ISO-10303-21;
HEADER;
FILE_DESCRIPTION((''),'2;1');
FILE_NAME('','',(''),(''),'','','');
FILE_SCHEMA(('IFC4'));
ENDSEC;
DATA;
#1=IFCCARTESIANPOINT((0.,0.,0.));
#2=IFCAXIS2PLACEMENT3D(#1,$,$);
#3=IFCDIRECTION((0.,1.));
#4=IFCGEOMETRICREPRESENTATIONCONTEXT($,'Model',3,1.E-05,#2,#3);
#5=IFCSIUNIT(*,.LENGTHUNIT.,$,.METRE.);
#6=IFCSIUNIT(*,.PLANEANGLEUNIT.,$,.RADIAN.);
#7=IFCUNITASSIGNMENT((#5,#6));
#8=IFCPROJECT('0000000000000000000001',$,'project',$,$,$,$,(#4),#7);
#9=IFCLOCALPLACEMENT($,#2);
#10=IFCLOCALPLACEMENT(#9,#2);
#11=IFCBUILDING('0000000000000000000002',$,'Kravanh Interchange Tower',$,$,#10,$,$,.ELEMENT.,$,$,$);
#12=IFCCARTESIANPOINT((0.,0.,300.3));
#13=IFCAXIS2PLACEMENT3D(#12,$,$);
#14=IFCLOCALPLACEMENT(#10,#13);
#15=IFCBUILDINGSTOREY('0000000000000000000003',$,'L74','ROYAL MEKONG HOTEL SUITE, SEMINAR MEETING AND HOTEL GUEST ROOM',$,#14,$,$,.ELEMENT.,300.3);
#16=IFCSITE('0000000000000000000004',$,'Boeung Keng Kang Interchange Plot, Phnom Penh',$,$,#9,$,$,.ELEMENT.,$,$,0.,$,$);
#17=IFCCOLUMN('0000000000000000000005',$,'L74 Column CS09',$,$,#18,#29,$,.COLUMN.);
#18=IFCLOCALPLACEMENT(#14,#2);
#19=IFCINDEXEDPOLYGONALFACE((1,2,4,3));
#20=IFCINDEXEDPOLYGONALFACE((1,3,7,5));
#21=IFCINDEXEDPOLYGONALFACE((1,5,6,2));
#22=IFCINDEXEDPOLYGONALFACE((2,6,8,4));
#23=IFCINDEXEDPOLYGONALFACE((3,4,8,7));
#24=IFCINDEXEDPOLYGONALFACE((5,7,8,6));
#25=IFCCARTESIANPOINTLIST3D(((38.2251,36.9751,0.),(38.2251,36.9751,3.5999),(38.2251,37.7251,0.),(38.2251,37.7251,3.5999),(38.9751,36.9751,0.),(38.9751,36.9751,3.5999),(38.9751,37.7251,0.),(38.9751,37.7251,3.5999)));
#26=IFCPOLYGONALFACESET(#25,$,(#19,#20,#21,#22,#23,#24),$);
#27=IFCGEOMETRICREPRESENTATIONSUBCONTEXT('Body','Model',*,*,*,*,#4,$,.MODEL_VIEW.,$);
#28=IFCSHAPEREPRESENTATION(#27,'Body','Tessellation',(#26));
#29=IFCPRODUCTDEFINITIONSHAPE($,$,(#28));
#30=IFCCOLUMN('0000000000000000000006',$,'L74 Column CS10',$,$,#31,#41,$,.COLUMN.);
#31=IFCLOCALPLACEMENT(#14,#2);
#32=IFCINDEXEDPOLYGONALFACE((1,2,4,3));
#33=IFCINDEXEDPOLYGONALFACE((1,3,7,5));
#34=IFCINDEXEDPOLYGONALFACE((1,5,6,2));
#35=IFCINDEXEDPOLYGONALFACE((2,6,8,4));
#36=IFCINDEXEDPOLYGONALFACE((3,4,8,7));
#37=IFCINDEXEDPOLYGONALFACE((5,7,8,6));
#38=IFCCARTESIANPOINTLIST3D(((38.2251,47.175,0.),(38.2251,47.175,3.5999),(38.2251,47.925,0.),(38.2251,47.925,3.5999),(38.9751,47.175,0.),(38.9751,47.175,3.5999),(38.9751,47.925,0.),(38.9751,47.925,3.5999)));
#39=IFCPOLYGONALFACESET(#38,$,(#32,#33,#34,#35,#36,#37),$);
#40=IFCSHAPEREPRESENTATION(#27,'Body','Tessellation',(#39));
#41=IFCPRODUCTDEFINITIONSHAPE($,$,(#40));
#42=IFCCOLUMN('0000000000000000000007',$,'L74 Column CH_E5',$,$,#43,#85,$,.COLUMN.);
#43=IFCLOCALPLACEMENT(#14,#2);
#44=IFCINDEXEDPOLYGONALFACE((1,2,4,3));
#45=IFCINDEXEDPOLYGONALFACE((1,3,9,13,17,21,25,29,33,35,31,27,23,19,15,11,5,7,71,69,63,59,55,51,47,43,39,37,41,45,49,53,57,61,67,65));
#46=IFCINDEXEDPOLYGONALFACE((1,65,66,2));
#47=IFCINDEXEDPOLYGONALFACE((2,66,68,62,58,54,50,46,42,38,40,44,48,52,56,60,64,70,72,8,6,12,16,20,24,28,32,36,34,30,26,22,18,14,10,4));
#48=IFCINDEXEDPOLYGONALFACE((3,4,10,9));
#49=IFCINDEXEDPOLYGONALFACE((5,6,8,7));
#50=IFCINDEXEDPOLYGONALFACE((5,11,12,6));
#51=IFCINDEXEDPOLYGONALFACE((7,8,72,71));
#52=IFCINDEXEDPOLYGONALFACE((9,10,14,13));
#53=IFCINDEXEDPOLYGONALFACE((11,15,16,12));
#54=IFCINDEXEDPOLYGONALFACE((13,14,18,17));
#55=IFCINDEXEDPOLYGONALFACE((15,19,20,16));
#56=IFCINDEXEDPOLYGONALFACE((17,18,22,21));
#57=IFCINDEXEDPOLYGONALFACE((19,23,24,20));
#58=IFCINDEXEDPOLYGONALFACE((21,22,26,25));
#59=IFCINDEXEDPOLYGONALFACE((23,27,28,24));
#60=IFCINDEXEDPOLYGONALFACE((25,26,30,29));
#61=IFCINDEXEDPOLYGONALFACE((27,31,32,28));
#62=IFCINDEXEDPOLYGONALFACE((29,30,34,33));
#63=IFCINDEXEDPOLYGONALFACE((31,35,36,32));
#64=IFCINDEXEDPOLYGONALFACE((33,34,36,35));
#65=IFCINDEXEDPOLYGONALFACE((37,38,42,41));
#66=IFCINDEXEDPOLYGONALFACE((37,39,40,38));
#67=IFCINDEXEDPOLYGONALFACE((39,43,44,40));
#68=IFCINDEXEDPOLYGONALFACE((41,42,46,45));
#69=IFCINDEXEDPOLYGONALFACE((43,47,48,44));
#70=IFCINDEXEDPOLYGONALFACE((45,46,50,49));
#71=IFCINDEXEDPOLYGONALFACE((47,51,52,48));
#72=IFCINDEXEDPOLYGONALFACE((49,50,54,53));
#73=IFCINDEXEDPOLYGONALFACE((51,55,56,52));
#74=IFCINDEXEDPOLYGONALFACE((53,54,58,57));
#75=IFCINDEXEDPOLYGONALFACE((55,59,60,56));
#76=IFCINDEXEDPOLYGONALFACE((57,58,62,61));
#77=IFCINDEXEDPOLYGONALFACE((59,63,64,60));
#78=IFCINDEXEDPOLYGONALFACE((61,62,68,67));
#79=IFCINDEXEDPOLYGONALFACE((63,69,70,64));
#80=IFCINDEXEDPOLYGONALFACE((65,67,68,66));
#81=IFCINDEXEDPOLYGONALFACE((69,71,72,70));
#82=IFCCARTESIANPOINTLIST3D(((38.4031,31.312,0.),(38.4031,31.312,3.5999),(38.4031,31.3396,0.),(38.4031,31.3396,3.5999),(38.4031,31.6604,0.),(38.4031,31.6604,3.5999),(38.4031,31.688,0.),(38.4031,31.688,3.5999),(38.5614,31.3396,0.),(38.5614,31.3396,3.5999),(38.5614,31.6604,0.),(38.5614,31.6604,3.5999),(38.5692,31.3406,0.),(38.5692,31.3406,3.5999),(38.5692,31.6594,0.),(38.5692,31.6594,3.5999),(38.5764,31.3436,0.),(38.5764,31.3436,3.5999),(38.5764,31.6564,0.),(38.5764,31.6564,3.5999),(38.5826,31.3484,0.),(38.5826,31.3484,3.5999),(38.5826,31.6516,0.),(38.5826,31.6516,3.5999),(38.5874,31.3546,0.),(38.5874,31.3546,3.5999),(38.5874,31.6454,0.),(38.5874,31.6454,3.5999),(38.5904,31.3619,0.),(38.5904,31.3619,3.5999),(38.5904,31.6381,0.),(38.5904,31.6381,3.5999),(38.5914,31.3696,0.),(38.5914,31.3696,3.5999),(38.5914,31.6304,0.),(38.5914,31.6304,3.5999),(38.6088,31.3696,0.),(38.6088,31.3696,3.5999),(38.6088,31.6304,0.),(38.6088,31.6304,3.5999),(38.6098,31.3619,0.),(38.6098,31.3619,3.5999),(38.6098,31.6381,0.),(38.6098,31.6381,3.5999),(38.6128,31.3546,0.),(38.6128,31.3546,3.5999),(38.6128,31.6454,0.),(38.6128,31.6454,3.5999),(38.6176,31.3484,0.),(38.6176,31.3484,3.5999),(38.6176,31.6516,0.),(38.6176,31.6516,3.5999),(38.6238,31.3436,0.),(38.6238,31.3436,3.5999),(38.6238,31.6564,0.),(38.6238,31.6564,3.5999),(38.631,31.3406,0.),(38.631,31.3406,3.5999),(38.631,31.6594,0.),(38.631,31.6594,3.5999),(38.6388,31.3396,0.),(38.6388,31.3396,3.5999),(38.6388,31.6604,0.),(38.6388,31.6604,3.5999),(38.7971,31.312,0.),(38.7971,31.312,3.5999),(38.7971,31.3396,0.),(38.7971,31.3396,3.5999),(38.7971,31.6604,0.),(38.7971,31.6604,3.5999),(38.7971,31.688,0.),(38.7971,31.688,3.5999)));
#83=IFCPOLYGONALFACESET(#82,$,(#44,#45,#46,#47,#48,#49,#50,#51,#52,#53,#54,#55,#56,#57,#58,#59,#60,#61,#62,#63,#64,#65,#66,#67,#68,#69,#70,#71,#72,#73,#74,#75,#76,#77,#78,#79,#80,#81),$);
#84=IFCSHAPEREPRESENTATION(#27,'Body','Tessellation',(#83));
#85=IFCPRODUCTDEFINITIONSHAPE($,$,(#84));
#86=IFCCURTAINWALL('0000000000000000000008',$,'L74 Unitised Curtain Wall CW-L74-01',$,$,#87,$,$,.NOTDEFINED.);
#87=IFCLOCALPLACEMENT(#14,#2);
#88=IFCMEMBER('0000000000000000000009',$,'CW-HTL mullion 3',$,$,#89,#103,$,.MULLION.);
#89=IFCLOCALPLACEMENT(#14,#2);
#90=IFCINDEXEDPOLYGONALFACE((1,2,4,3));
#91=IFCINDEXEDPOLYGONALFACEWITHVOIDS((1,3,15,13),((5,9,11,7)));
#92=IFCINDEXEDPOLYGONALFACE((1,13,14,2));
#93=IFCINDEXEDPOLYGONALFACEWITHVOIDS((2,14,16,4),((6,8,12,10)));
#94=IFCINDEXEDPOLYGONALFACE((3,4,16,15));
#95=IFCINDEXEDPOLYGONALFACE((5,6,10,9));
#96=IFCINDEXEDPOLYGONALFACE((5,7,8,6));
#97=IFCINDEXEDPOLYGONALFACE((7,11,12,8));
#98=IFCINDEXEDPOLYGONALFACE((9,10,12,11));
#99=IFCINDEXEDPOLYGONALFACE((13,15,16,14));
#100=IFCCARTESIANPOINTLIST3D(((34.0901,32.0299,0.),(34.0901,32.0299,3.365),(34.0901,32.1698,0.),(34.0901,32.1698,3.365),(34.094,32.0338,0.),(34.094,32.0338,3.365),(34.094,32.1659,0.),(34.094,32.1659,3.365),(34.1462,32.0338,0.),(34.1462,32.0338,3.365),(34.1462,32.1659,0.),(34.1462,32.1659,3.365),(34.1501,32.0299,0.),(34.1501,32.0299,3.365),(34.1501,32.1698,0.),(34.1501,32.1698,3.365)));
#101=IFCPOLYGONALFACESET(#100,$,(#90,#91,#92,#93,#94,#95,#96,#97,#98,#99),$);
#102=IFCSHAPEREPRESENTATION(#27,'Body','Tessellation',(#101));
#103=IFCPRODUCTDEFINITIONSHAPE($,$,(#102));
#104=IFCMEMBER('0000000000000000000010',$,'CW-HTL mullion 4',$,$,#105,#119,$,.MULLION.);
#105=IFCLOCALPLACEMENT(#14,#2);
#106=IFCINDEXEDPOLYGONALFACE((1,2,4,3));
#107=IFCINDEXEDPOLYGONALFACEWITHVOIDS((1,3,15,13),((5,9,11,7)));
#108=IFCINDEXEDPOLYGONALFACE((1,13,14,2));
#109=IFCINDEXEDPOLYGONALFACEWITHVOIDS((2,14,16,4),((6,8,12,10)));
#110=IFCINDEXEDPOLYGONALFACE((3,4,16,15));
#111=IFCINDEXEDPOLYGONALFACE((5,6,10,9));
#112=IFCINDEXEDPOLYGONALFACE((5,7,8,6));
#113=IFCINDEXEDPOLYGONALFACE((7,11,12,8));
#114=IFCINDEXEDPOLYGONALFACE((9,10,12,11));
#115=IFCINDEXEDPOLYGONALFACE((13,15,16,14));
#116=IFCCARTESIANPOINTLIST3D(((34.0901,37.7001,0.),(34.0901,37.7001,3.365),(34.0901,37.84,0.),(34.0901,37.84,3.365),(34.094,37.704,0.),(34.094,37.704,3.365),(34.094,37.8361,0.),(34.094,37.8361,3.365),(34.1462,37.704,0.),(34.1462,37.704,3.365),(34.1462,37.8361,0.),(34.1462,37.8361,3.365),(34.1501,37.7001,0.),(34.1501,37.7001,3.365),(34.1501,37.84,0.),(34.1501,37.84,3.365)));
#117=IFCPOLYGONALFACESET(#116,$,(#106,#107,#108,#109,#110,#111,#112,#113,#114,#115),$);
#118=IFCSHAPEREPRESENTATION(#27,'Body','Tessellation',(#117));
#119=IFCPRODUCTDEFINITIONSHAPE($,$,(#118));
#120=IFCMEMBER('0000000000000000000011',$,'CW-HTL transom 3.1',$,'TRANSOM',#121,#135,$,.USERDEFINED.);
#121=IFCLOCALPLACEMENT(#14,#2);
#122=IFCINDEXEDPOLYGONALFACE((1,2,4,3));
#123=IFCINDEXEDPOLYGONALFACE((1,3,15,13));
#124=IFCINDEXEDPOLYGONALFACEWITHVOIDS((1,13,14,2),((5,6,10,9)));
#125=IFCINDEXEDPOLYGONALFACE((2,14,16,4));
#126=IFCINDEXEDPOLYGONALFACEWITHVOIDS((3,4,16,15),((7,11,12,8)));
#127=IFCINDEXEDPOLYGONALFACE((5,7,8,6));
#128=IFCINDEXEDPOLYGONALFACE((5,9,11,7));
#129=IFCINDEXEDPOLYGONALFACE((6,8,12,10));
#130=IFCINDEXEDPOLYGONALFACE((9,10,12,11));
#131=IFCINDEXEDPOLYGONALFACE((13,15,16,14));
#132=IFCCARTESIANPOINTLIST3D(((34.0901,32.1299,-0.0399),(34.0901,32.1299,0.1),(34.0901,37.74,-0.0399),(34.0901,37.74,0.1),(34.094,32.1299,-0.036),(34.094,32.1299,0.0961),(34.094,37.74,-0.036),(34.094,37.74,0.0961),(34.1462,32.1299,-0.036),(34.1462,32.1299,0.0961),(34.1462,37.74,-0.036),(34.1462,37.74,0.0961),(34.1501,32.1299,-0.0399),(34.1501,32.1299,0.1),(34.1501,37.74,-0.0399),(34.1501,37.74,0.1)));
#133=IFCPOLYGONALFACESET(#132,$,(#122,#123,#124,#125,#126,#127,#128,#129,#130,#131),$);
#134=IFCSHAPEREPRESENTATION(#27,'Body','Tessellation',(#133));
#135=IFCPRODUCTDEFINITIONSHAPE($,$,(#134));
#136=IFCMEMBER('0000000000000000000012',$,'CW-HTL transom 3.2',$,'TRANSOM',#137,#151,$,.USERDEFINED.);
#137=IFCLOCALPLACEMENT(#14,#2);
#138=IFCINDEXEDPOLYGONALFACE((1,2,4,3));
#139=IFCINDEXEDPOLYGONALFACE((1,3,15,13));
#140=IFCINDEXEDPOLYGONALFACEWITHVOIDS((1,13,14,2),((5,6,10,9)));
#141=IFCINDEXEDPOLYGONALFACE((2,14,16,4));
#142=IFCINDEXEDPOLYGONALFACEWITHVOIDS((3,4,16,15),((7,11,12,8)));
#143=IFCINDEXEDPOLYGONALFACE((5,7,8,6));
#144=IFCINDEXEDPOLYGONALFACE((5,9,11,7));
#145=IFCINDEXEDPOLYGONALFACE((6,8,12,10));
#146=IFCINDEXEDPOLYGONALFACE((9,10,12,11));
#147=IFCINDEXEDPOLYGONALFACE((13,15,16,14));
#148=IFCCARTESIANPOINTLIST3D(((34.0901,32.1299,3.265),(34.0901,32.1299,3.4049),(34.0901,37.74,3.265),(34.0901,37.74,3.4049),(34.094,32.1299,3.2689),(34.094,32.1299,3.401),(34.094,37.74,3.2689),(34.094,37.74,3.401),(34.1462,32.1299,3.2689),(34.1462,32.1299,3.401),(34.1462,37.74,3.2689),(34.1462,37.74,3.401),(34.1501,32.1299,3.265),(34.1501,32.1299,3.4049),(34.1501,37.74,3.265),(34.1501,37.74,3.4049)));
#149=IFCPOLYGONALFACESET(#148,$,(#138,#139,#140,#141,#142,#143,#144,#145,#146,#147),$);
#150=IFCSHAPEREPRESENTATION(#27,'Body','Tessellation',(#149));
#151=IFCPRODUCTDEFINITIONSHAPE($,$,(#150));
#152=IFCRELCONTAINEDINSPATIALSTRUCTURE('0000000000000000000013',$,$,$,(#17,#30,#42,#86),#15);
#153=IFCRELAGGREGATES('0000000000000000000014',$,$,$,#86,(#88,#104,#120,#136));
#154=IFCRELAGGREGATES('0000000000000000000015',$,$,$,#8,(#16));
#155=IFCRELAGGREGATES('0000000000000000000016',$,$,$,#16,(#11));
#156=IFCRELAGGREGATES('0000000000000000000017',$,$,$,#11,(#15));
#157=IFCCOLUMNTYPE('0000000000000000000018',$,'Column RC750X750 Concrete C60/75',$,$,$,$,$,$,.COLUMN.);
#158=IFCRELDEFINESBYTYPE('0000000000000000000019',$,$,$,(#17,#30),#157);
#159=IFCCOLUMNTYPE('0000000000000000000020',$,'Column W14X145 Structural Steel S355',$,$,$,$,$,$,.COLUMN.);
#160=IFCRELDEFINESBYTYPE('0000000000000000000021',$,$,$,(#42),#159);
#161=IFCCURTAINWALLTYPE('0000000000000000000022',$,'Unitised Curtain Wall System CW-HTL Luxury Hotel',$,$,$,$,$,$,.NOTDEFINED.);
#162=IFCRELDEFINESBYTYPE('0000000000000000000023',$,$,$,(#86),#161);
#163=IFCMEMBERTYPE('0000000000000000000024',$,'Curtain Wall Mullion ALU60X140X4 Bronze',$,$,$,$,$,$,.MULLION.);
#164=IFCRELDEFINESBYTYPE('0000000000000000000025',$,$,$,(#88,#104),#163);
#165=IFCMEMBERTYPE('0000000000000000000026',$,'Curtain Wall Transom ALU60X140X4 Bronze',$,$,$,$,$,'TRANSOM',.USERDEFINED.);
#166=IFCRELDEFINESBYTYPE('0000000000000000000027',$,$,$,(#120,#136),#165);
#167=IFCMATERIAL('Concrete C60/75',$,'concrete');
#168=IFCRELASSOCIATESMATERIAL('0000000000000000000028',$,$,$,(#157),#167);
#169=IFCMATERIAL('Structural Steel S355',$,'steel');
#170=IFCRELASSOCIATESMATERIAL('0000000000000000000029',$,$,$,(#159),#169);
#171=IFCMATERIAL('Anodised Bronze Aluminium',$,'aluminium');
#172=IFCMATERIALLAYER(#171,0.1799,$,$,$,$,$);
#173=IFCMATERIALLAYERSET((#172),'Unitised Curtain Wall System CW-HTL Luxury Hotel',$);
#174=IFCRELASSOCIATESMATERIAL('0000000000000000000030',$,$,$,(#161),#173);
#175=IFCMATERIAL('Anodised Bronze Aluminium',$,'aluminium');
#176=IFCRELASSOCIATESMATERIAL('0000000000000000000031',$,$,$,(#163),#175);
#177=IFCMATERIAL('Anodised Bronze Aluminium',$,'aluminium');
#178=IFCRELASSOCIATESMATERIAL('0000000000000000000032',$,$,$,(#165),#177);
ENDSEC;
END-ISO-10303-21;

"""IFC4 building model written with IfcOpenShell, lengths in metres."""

from ifc_helpers import new_model, si_unit, direction, frame, origin, origin_2d, place, context, subcontext, project, spatial, rectangle, hollow_rectangle, i_section, extrude, material, layer, layer_set, material_profile, profile_set, type_object, element, aggregate, save


model = new_model("IFC4")

# Units and contexts
model_context = context("Model", 3, precision=1e-05, world=origin(), true_north=direction((0.0, 1.0)))
body_context = subcontext(model_context, "Body", "Model", "MODEL_VIEW")
ifc_project = project(units=[si_unit("LENGTHUNIT", "METRE"), si_unit("PLANEANGLEUNIT", "RADIAN")], contexts=[model_context])

# Site, building, storey
site_placement = place(None, origin())
site = spatial("IfcSite", under=ifc_project, at=site_placement, Name="Boeung Keng Kang Interchange Plot, Phnom Penh", CompositionType="ELEMENT", RefElevation=0.0)
building_placement = place(site_placement, origin())
building = spatial("IfcBuilding", under=site, at=building_placement, Name="Kravanh Interchange Tower", CompositionType="ELEMENT")
storey_placement = place(building_placement, frame((0.0, 0.0, 300.3)))
storey = spatial("IfcBuildingStorey", under=building, at=storey_placement, Name="L74", Description="ROYAL MEKONG HOTEL SUITE, SEMINAR MEETING AND HOTEL GUEST ROOM", CompositionType="ELEMENT", Elevation=300.3)

# Columns
ifc_material_1 = material(Name="Concrete C60/75", Category="concrete")
ifc_material_profile_1 = material_profile(ifc_material_1, rectangle(XDim=0.75, YDim=0.75, at=origin_2d()), Name="RC750X750")
ifc_profile_set_1 = profile_set([ifc_material_profile_1], Name="Concrete C60/75")
column_type_1 = type_object("IfcColumnType", Name="Column RC750X750 Concrete C60/75", PredefinedType="COLUMN", material=ifc_profile_set_1)
for number, where, z_axis, x_axis, name in (
    (1, (38.6001, 37.3501, 0.0), (0.0, 0.0, 1.0), (1.0, 0.0, 0.0), "L74 Column CS09"),
    (2, (38.6001, 47.55, 0.0), (0.0, 0.0, 1.0), (1.0, 0.0, 0.0), "L74 Column CS10"),
):
    element("IfcColumn", number, at=place(storey_placement, frame(where, z_axis=z_axis, x_axis=x_axis)), inside=storey, type_object=column_type_1, Name=name, PredefinedType="COLUMN", context=body_context, shape_type="SweptSolid", body=[
        extrude(rectangle(XDim=0.75, YDim=0.75, at=origin_2d()), origin(), (0.0, 0.0, 1.0), 3.5999),
    ])
ifc_material_2 = material(Name="Structural Steel S355", Category="steel")
ifc_material_profile_2 = material_profile(ifc_material_2, i_section(OverallWidth=0.394, OverallDepth=0.376, WebThickness=0.0173, FlangeThickness=0.0276, FilletRadius=0.03, at=origin_2d()), Name="W14X145")
ifc_profile_set_2 = profile_set([ifc_material_profile_2], Name="Structural Steel S355")
column_type_2 = type_object("IfcColumnType", Name="Column W14X145 Structural Steel S355", PredefinedType="COLUMN", material=ifc_profile_set_2)
column_placement = place(storey_placement, frame((38.6001, 31.5, 0.0), z_axis=(0.0, 0.0, 1.0), x_axis=(1.0, 0.0, 0.0)))
element("IfcColumn", 3, at=column_placement, inside=storey, type_object=column_type_2, Name="L74 Column CH_E5", PredefinedType="COLUMN", context=body_context, shape_type="SweptSolid", body=[
    extrude(i_section(OverallWidth=0.394, OverallDepth=0.376, WebThickness=0.0173, FlangeThickness=0.0276, FilletRadius=0.03, at=origin_2d()), origin(), (0.0, 0.0, 1.0), 3.5999),
])

# Curtain wall, members
ifc_material_3 = material(Name="Anodised Bronze Aluminium", Category="aluminium")
ifc_layer_1 = layer(ifc_material_3, 0.1799)
ifc_layer_set_1 = layer_set([ifc_layer_1], Name="Unitised Curtain Wall System CW-HTL Luxury Hotel")
curtain_wall_type = type_object("IfcCurtainWallType", Name="Unitised Curtain Wall System CW-HTL Luxury Hotel", PredefinedType="NOTDEFINED", material=ifc_layer_set_1)
curtain_wall_placement = place(storey_placement, origin())
curtain_wall = element("IfcCurtainWall", 4, at=curtain_wall_placement, inside=storey, type_object=curtain_wall_type, Name="L74 Unitised Curtain Wall CW-L74-01", PredefinedType="NOTDEFINED")
ifc_material_4 = material(Name="Anodised Bronze Aluminium", Category="aluminium")
ifc_material_profile_3 = material_profile(ifc_material_4, hollow_rectangle(XDim=0.0601, YDim=0.1399, WallThickness=0.0039, at=origin_2d()), Name="ALU60X140X4")
ifc_profile_set_3 = profile_set([ifc_material_profile_3], Name="Anodised Bronze Aluminium")
member_type_1 = type_object("IfcMemberType", Name="Curtain Wall Mullion ALU60X140X4 Bronze", PredefinedType="MULLION", material=ifc_profile_set_3)
member_1_placement = place(storey_placement, frame((34.1201, 32.0999, 0.0), z_axis=(0.0, 0.0, 1.0), x_axis=(-1.0, 0.0, 0.0)))
member_1 = element("IfcMember", 5, at=member_1_placement, type_object=member_type_1, Name="CW-HTL mullion 3", PredefinedType="MULLION", context=body_context, shape_type="SweptSolid", body=[
    extrude(hollow_rectangle(XDim=0.0601, YDim=0.1399, WallThickness=0.0039, at=origin_2d()), origin(), (0.0, 0.0, 1.0), 3.365),
])
member_2_placement = place(storey_placement, frame((34.1201, 37.77, 0.0), z_axis=(0.0, 0.0, 1.0), x_axis=(-1.0, 0.0, 0.0)))
member_2 = element("IfcMember", 6, at=member_2_placement, type_object=member_type_1, Name="CW-HTL mullion 4", PredefinedType="MULLION", context=body_context, shape_type="SweptSolid", body=[
    extrude(hollow_rectangle(XDim=0.0601, YDim=0.1399, WallThickness=0.0039, at=origin_2d()), origin(), (0.0, 0.0, 1.0), 3.365),
])
ifc_material_5 = material(Name="Anodised Bronze Aluminium", Category="aluminium")
ifc_material_profile_4 = material_profile(ifc_material_5, hollow_rectangle(XDim=0.0601, YDim=0.1399, WallThickness=0.0039, at=origin_2d()), Name="ALU60X140X4")
ifc_profile_set_4 = profile_set([ifc_material_profile_4], Name="Anodised Bronze Aluminium")
member_type_2 = type_object("IfcMemberType", Name="Curtain Wall Transom ALU60X140X4 Bronze", ElementType="TRANSOM", PredefinedType="USERDEFINED", material=ifc_profile_set_4)
member_3_placement = place(storey_placement, frame((34.1201, 32.1299, 0.03), z_axis=(0.0, 1.0, 0.0), x_axis=(-1.0, 0.0, 0.0)))
member_3 = element("IfcMember", 7, at=member_3_placement, type_object=member_type_2, Name="CW-HTL transom 3.1", ObjectType="TRANSOM", PredefinedType="USERDEFINED", context=body_context, shape_type="SweptSolid", body=[
    extrude(hollow_rectangle(XDim=0.0601, YDim=0.1399, WallThickness=0.0039, at=origin_2d()), origin(), (0.0, 0.0, 1.0), 5.6101),
])
member_4_placement = place(storey_placement, frame((34.1201, 32.1299, 3.335), z_axis=(0.0, 1.0, 0.0), x_axis=(-1.0, 0.0, 0.0)))
member_4 = element("IfcMember", 8, at=member_4_placement, type_object=member_type_2, Name="CW-HTL transom 3.2", ObjectType="TRANSOM", PredefinedType="USERDEFINED", context=body_context, shape_type="SweptSolid", body=[
    extrude(hollow_rectangle(XDim=0.0601, YDim=0.1399, WallThickness=0.0039, at=origin_2d()), origin(), (0.0, 0.0, 1.0), 5.6101),
])

aggregate(curtain_wall, [member_1, member_2, member_3, member_4])

save(model, "model.ifc")
